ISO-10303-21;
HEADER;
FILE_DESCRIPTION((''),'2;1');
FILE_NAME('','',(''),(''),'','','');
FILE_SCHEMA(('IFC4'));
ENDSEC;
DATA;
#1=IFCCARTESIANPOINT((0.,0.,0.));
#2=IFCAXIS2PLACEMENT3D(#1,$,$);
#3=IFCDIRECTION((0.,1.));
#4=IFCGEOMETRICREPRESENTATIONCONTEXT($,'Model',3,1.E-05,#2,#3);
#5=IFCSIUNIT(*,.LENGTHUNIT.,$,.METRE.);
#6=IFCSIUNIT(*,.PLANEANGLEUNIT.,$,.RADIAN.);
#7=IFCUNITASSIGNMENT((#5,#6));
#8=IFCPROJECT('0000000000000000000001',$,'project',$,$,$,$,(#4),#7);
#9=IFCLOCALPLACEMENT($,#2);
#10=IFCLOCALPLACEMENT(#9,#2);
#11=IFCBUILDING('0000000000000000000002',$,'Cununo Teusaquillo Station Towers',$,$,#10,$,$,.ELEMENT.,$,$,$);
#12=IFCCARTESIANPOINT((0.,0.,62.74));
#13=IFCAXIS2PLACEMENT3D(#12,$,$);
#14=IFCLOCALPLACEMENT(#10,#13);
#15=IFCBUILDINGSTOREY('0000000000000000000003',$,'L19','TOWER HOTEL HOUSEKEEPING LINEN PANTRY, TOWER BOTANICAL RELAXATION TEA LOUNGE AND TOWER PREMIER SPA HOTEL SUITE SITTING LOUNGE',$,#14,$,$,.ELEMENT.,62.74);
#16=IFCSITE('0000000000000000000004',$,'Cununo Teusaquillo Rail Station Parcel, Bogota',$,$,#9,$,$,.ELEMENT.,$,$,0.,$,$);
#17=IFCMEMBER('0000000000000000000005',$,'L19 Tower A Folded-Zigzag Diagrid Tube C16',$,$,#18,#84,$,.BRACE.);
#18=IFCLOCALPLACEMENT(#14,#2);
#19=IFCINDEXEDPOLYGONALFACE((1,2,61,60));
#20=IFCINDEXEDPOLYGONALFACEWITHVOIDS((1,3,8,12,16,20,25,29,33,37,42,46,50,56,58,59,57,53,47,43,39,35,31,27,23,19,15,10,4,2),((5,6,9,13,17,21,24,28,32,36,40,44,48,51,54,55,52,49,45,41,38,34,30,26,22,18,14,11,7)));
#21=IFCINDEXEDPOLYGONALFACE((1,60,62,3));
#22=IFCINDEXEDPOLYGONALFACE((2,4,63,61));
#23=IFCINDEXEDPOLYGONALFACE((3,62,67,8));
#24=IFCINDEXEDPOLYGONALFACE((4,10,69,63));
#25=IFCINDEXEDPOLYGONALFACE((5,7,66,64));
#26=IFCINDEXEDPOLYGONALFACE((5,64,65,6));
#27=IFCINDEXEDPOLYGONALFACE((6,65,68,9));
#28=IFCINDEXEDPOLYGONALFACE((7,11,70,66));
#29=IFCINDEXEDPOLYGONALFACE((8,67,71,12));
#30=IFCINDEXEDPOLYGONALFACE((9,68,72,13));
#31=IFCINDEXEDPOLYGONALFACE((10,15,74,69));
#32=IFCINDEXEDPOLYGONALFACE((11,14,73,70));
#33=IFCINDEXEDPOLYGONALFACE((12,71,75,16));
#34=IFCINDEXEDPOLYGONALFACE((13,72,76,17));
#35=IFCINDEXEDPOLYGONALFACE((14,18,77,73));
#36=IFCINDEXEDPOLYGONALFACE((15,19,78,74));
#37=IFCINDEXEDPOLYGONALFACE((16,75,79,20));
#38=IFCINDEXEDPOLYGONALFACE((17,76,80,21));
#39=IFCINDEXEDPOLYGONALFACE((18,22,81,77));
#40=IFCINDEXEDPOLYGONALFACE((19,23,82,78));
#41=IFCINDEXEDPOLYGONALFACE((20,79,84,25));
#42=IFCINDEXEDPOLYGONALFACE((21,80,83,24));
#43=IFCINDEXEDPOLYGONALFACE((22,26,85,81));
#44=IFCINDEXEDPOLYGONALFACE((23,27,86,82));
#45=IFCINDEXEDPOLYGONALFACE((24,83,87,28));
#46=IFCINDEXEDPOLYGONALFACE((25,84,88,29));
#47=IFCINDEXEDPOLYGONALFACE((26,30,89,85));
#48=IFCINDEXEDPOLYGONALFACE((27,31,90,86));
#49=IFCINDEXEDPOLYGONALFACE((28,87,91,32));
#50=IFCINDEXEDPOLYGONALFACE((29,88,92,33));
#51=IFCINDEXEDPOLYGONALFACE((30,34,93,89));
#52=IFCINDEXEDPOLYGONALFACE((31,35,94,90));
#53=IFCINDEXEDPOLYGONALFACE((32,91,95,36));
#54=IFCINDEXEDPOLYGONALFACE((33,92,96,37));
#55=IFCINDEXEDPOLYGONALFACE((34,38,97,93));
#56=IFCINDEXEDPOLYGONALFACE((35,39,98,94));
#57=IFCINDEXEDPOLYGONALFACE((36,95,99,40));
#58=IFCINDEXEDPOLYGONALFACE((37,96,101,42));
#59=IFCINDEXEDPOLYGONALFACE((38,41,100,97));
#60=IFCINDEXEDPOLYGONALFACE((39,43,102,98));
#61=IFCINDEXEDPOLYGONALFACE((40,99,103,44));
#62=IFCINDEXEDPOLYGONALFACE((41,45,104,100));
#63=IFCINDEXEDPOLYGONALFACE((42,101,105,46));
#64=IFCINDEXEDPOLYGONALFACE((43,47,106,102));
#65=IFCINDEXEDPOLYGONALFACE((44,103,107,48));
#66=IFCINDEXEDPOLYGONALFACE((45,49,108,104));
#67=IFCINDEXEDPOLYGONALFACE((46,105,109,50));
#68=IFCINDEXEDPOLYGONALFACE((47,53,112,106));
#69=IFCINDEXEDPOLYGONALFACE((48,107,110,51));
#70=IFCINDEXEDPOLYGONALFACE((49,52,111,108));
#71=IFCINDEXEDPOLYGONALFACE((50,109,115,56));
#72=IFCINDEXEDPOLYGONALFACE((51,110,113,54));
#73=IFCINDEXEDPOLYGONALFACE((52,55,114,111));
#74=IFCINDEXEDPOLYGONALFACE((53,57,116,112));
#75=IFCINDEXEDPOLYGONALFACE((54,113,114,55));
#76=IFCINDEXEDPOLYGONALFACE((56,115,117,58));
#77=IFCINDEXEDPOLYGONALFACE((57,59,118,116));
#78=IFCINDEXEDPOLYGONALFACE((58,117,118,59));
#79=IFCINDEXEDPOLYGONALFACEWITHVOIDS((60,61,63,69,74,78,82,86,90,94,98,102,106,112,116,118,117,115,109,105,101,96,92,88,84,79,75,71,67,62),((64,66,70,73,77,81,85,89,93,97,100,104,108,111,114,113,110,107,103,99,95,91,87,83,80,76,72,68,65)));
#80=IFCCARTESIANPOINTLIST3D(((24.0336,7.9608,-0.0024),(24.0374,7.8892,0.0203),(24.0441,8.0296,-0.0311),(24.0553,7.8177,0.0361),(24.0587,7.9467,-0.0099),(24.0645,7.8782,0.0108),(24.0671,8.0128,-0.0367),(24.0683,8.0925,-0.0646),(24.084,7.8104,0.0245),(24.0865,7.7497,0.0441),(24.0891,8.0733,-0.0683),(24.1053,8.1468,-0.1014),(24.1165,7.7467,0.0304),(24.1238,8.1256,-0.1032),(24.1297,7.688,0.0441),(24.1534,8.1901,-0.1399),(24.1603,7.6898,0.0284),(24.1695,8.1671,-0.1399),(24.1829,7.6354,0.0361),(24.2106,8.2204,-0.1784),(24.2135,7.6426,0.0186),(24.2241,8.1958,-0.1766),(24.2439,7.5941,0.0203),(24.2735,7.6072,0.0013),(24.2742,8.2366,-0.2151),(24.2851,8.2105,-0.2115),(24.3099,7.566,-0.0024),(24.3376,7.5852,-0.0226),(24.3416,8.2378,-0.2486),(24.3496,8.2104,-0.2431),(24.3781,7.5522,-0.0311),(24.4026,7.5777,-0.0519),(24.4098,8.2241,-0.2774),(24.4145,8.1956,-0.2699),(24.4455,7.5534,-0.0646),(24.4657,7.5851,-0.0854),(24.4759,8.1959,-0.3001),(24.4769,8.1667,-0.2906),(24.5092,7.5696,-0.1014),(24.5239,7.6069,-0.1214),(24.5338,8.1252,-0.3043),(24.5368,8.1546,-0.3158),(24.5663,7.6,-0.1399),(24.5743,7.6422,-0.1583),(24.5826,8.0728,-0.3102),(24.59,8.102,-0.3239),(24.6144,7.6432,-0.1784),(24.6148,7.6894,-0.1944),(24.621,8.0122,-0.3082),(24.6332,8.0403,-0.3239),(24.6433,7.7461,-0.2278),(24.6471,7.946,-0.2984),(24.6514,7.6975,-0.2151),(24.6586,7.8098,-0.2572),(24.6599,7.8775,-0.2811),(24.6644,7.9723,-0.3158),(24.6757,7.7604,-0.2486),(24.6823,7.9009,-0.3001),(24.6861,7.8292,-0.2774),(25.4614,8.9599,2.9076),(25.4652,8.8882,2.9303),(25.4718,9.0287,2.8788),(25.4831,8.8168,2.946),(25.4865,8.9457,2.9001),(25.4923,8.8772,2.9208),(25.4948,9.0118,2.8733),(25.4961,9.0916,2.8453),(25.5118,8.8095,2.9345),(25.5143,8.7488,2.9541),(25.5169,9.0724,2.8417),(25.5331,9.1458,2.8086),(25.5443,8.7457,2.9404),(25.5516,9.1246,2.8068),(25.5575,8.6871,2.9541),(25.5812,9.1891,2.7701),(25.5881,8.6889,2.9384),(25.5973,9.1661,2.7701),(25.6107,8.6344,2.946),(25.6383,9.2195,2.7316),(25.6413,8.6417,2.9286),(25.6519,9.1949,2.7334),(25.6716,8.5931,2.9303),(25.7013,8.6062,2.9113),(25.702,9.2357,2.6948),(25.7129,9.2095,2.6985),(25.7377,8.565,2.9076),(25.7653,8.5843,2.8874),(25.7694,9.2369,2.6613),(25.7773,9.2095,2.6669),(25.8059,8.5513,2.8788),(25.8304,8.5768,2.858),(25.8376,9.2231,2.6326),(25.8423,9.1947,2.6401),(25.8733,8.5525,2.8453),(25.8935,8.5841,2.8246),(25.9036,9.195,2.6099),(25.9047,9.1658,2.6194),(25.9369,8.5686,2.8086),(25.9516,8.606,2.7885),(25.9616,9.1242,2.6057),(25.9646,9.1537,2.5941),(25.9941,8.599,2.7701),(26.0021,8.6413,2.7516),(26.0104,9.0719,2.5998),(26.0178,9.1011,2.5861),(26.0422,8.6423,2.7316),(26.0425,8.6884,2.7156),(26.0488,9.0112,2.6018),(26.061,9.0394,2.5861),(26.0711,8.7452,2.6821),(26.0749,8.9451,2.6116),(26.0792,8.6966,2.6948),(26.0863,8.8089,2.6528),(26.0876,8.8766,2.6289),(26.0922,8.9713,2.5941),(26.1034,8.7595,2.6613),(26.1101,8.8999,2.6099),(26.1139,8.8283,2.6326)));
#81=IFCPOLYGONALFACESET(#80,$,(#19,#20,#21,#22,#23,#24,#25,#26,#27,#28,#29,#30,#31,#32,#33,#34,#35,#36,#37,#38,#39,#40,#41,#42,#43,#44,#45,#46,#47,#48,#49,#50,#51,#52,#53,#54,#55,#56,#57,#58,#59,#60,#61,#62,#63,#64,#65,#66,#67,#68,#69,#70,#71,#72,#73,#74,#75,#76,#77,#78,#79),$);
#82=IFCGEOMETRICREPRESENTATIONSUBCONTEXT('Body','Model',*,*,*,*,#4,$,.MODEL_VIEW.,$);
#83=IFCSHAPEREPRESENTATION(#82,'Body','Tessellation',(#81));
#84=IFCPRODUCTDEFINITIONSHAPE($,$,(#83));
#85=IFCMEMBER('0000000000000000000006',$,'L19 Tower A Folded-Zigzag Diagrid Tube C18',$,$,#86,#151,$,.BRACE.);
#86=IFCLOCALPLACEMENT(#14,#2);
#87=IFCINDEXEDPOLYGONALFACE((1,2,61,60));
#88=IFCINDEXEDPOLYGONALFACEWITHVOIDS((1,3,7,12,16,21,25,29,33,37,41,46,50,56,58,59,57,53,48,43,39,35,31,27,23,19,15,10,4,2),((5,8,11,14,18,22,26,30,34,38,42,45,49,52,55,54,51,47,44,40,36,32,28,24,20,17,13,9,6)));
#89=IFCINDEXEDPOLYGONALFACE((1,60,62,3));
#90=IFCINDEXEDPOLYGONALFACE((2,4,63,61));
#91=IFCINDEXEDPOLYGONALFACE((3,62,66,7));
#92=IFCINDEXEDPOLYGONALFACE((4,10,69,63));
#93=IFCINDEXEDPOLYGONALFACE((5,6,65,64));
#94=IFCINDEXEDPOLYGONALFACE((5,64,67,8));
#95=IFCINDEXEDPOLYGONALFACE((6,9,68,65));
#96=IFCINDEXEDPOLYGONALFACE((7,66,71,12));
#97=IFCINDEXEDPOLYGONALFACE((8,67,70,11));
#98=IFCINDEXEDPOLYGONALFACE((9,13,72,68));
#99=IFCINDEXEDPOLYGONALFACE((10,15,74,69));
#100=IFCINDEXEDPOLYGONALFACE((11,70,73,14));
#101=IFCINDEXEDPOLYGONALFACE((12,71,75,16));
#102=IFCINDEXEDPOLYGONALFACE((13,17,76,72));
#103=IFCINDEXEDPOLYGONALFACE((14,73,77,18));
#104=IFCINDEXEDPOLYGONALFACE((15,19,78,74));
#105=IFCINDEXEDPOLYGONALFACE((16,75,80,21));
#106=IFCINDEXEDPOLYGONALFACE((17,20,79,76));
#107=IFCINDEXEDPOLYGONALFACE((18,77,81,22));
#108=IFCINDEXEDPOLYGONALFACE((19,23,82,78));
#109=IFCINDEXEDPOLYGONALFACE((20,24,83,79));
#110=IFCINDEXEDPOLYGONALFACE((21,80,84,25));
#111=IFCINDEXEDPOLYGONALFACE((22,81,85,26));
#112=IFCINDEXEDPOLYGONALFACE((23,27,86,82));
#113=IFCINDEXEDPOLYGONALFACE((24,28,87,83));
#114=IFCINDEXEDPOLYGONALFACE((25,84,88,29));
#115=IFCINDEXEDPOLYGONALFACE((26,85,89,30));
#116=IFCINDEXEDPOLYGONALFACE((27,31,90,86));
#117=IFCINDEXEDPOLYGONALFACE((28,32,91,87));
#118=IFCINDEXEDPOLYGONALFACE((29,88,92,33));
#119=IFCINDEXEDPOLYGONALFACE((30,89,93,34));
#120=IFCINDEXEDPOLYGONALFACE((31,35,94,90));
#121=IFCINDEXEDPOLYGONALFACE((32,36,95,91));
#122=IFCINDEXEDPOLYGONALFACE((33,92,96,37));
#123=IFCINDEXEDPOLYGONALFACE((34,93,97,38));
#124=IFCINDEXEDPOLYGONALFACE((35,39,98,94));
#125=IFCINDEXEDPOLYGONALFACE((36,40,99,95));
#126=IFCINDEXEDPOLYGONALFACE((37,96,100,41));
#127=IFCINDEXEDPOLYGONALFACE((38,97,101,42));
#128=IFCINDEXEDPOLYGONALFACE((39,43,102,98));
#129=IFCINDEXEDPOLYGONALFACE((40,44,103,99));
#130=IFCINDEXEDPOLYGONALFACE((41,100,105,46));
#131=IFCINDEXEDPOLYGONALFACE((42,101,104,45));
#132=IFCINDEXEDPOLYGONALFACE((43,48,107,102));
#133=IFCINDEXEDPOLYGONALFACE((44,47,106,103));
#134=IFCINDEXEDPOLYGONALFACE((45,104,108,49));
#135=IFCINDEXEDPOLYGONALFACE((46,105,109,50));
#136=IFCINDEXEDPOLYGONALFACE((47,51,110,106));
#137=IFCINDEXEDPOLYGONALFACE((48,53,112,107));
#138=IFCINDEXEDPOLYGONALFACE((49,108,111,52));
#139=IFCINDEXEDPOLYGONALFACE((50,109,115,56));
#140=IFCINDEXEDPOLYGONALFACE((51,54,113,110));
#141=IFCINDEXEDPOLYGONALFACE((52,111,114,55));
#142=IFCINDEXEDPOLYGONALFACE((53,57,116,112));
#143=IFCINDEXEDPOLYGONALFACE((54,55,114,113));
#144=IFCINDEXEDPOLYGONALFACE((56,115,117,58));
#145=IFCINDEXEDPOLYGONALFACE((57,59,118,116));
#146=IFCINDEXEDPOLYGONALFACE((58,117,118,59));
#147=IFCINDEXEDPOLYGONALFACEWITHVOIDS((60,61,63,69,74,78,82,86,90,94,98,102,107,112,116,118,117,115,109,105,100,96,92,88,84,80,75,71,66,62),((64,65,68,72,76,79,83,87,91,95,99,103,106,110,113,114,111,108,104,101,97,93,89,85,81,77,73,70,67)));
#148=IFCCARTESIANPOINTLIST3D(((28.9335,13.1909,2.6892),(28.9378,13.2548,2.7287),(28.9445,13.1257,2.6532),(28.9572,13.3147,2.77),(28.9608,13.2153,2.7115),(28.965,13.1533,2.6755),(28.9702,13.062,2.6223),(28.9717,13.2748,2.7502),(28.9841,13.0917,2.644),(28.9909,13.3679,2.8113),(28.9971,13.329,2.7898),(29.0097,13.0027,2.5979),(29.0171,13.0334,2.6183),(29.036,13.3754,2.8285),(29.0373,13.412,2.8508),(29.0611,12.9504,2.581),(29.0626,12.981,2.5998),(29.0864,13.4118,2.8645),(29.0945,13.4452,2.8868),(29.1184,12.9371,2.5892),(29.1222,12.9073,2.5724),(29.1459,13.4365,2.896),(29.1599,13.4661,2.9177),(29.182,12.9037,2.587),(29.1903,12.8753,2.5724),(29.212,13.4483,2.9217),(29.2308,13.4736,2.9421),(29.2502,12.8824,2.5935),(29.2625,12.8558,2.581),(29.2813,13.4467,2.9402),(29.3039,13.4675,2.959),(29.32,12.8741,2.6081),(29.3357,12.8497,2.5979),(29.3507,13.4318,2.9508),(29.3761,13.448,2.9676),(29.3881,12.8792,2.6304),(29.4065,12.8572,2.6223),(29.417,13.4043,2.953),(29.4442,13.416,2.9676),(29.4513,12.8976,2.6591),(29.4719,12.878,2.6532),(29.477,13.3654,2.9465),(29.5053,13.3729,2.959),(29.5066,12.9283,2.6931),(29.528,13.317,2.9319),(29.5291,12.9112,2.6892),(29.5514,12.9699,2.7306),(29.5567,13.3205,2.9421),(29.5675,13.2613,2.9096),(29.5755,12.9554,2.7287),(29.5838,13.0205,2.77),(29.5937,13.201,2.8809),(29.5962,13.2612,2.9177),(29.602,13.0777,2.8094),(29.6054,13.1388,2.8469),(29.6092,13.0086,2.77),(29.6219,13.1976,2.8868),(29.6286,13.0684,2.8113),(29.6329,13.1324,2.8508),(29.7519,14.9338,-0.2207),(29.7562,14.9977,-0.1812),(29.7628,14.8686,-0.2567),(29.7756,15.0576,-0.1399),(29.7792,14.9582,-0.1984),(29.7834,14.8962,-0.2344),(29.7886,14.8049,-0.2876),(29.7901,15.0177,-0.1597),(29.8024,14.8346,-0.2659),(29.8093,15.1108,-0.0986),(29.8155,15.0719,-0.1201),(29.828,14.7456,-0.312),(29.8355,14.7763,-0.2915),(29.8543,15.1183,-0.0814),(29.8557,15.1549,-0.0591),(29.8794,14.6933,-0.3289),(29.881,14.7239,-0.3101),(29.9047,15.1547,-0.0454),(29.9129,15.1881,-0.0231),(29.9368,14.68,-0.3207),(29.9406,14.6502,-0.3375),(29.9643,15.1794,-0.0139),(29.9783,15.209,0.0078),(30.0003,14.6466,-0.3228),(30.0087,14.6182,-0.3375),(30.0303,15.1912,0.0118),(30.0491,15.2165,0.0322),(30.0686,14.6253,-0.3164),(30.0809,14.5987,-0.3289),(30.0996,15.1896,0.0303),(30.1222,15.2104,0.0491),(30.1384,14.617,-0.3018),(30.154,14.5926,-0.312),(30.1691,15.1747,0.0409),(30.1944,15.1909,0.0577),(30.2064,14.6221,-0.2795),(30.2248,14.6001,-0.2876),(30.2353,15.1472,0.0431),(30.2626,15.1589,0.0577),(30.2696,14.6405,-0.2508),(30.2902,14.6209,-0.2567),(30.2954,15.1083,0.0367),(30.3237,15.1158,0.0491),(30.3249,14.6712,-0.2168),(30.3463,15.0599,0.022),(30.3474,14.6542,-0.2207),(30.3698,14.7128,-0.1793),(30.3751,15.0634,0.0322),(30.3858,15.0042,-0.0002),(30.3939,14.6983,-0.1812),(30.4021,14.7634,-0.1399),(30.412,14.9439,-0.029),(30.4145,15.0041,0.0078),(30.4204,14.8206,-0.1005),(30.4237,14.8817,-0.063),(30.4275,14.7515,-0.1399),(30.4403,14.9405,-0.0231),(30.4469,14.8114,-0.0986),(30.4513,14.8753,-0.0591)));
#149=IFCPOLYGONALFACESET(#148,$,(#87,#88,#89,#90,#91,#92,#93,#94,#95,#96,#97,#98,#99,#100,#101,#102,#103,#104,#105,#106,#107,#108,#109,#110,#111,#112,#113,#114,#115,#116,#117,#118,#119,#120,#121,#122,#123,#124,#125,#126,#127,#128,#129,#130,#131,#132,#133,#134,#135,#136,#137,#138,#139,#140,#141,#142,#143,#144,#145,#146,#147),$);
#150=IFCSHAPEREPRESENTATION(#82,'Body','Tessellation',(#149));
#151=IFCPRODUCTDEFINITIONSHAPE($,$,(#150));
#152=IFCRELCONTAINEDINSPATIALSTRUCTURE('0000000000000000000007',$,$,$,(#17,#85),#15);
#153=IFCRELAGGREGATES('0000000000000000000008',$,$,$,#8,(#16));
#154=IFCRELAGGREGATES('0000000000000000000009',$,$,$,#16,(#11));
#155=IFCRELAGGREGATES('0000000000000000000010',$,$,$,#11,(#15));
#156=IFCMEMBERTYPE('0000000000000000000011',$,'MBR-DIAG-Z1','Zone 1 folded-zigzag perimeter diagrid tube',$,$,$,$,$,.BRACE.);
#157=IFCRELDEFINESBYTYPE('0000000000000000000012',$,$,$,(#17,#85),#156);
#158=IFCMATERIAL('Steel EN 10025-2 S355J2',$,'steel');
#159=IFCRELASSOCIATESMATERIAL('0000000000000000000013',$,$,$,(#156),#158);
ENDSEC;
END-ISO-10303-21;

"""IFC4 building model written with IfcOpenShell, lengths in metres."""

from ifc_helpers import new_model, si_unit, direction, frame, origin, origin_2d, place, context, subcontext, project, spatial, hollow_circle, extrude, material, material_profile, profile_set, type_object, element, save


model = new_model("IFC4")

# Units and contexts
model_context = context("Model", 3, precision=1e-05, world=origin(), true_north=direction((0.0, 1.0)))
body_context = subcontext(model_context, "Body", "Model", "MODEL_VIEW")
ifc_project = project(units=[si_unit("LENGTHUNIT", "METRE"), si_unit("PLANEANGLEUNIT", "RADIAN")], contexts=[model_context])

# Site, building, storey
site_placement = place(None, origin())
site = spatial("IfcSite", under=ifc_project, at=site_placement, Name="Cununo Teusaquillo Rail Station Parcel, Bogota", CompositionType="ELEMENT", RefElevation=0.0)
building_placement = place(site_placement, origin())
building = spatial("IfcBuilding", under=site, at=building_placement, Name="Cununo Teusaquillo Station Towers", CompositionType="ELEMENT")
storey_placement = place(building_placement, frame((0.0, 0.0, 62.74)))
storey = spatial("IfcBuildingStorey", under=building, at=storey_placement, Name="L19", Description="TOWER HOTEL HOUSEKEEPING LINEN PANTRY, TOWER BOTANICAL RELAXATION TEA LOUNGE AND TOWER PREMIER SPA HOTEL SUITE SITTING LOUNGE", CompositionType="ELEMENT", Elevation=62.74)

# Members
ifc_material_1 = material(Name="Steel EN 10025-2 S355J2", Category="steel")
ifc_material_profile_1 = material_profile(ifc_material_1, hollow_circle(Radius=0.3601, WallThickness=0.0281, at=origin_2d()), Name="CHS 720x28")
ifc_profile_set_1 = profile_set([ifc_material_profile_1], Name="Steel EN 10025-2 S355J2")
member_type = type_object("IfcMemberType", Name="MBR-DIAG-Z1", Description="Zone 1 folded-zigzag perimeter diagrid tube", PredefinedType="BRACE", material=ifc_profile_set_1)
member_1_placement = place(storey_placement, frame((24.3599, 7.895, -0.1399), z_axis=(0.420942, 0.294544, 0.857935), x_axis=(-0.573312, 0.819337, 0.0)))
element("IfcMember", 1, at=member_1_placement, inside=storey, type_object=member_type, Name="L19 Tower A Folded-Zigzag Diagrid Tube C16", PredefinedType="BRACE", context=body_context, shape_type="SweptSolid", body=[
    extrude(hollow_circle(Radius=0.3601, WallThickness=0.0281, at=origin_2d()), origin(), (0.0, 0.0, 1.0), 3.3918),
])
member_2_placement = place(storey_placement, frame((30.1016, 14.9045, -0.1399), z_axis=(-0.234535, -0.499507, 0.833958), x_axis=(0.905186, -0.425015, 0.0)))
element("IfcMember", 2, at=member_2_placement, inside=storey, type_object=member_type, Name="L19 Tower A Folded-Zigzag Diagrid Tube C18", PredefinedType="BRACE", context=body_context, shape_type="SweptSolid", body=[
    extrude(hollow_circle(Radius=0.3601, WallThickness=0.0281, at=origin_2d()), origin(), (0.0, 0.0, 1.0), 3.4893),
])

save(model, "model.ifc")
